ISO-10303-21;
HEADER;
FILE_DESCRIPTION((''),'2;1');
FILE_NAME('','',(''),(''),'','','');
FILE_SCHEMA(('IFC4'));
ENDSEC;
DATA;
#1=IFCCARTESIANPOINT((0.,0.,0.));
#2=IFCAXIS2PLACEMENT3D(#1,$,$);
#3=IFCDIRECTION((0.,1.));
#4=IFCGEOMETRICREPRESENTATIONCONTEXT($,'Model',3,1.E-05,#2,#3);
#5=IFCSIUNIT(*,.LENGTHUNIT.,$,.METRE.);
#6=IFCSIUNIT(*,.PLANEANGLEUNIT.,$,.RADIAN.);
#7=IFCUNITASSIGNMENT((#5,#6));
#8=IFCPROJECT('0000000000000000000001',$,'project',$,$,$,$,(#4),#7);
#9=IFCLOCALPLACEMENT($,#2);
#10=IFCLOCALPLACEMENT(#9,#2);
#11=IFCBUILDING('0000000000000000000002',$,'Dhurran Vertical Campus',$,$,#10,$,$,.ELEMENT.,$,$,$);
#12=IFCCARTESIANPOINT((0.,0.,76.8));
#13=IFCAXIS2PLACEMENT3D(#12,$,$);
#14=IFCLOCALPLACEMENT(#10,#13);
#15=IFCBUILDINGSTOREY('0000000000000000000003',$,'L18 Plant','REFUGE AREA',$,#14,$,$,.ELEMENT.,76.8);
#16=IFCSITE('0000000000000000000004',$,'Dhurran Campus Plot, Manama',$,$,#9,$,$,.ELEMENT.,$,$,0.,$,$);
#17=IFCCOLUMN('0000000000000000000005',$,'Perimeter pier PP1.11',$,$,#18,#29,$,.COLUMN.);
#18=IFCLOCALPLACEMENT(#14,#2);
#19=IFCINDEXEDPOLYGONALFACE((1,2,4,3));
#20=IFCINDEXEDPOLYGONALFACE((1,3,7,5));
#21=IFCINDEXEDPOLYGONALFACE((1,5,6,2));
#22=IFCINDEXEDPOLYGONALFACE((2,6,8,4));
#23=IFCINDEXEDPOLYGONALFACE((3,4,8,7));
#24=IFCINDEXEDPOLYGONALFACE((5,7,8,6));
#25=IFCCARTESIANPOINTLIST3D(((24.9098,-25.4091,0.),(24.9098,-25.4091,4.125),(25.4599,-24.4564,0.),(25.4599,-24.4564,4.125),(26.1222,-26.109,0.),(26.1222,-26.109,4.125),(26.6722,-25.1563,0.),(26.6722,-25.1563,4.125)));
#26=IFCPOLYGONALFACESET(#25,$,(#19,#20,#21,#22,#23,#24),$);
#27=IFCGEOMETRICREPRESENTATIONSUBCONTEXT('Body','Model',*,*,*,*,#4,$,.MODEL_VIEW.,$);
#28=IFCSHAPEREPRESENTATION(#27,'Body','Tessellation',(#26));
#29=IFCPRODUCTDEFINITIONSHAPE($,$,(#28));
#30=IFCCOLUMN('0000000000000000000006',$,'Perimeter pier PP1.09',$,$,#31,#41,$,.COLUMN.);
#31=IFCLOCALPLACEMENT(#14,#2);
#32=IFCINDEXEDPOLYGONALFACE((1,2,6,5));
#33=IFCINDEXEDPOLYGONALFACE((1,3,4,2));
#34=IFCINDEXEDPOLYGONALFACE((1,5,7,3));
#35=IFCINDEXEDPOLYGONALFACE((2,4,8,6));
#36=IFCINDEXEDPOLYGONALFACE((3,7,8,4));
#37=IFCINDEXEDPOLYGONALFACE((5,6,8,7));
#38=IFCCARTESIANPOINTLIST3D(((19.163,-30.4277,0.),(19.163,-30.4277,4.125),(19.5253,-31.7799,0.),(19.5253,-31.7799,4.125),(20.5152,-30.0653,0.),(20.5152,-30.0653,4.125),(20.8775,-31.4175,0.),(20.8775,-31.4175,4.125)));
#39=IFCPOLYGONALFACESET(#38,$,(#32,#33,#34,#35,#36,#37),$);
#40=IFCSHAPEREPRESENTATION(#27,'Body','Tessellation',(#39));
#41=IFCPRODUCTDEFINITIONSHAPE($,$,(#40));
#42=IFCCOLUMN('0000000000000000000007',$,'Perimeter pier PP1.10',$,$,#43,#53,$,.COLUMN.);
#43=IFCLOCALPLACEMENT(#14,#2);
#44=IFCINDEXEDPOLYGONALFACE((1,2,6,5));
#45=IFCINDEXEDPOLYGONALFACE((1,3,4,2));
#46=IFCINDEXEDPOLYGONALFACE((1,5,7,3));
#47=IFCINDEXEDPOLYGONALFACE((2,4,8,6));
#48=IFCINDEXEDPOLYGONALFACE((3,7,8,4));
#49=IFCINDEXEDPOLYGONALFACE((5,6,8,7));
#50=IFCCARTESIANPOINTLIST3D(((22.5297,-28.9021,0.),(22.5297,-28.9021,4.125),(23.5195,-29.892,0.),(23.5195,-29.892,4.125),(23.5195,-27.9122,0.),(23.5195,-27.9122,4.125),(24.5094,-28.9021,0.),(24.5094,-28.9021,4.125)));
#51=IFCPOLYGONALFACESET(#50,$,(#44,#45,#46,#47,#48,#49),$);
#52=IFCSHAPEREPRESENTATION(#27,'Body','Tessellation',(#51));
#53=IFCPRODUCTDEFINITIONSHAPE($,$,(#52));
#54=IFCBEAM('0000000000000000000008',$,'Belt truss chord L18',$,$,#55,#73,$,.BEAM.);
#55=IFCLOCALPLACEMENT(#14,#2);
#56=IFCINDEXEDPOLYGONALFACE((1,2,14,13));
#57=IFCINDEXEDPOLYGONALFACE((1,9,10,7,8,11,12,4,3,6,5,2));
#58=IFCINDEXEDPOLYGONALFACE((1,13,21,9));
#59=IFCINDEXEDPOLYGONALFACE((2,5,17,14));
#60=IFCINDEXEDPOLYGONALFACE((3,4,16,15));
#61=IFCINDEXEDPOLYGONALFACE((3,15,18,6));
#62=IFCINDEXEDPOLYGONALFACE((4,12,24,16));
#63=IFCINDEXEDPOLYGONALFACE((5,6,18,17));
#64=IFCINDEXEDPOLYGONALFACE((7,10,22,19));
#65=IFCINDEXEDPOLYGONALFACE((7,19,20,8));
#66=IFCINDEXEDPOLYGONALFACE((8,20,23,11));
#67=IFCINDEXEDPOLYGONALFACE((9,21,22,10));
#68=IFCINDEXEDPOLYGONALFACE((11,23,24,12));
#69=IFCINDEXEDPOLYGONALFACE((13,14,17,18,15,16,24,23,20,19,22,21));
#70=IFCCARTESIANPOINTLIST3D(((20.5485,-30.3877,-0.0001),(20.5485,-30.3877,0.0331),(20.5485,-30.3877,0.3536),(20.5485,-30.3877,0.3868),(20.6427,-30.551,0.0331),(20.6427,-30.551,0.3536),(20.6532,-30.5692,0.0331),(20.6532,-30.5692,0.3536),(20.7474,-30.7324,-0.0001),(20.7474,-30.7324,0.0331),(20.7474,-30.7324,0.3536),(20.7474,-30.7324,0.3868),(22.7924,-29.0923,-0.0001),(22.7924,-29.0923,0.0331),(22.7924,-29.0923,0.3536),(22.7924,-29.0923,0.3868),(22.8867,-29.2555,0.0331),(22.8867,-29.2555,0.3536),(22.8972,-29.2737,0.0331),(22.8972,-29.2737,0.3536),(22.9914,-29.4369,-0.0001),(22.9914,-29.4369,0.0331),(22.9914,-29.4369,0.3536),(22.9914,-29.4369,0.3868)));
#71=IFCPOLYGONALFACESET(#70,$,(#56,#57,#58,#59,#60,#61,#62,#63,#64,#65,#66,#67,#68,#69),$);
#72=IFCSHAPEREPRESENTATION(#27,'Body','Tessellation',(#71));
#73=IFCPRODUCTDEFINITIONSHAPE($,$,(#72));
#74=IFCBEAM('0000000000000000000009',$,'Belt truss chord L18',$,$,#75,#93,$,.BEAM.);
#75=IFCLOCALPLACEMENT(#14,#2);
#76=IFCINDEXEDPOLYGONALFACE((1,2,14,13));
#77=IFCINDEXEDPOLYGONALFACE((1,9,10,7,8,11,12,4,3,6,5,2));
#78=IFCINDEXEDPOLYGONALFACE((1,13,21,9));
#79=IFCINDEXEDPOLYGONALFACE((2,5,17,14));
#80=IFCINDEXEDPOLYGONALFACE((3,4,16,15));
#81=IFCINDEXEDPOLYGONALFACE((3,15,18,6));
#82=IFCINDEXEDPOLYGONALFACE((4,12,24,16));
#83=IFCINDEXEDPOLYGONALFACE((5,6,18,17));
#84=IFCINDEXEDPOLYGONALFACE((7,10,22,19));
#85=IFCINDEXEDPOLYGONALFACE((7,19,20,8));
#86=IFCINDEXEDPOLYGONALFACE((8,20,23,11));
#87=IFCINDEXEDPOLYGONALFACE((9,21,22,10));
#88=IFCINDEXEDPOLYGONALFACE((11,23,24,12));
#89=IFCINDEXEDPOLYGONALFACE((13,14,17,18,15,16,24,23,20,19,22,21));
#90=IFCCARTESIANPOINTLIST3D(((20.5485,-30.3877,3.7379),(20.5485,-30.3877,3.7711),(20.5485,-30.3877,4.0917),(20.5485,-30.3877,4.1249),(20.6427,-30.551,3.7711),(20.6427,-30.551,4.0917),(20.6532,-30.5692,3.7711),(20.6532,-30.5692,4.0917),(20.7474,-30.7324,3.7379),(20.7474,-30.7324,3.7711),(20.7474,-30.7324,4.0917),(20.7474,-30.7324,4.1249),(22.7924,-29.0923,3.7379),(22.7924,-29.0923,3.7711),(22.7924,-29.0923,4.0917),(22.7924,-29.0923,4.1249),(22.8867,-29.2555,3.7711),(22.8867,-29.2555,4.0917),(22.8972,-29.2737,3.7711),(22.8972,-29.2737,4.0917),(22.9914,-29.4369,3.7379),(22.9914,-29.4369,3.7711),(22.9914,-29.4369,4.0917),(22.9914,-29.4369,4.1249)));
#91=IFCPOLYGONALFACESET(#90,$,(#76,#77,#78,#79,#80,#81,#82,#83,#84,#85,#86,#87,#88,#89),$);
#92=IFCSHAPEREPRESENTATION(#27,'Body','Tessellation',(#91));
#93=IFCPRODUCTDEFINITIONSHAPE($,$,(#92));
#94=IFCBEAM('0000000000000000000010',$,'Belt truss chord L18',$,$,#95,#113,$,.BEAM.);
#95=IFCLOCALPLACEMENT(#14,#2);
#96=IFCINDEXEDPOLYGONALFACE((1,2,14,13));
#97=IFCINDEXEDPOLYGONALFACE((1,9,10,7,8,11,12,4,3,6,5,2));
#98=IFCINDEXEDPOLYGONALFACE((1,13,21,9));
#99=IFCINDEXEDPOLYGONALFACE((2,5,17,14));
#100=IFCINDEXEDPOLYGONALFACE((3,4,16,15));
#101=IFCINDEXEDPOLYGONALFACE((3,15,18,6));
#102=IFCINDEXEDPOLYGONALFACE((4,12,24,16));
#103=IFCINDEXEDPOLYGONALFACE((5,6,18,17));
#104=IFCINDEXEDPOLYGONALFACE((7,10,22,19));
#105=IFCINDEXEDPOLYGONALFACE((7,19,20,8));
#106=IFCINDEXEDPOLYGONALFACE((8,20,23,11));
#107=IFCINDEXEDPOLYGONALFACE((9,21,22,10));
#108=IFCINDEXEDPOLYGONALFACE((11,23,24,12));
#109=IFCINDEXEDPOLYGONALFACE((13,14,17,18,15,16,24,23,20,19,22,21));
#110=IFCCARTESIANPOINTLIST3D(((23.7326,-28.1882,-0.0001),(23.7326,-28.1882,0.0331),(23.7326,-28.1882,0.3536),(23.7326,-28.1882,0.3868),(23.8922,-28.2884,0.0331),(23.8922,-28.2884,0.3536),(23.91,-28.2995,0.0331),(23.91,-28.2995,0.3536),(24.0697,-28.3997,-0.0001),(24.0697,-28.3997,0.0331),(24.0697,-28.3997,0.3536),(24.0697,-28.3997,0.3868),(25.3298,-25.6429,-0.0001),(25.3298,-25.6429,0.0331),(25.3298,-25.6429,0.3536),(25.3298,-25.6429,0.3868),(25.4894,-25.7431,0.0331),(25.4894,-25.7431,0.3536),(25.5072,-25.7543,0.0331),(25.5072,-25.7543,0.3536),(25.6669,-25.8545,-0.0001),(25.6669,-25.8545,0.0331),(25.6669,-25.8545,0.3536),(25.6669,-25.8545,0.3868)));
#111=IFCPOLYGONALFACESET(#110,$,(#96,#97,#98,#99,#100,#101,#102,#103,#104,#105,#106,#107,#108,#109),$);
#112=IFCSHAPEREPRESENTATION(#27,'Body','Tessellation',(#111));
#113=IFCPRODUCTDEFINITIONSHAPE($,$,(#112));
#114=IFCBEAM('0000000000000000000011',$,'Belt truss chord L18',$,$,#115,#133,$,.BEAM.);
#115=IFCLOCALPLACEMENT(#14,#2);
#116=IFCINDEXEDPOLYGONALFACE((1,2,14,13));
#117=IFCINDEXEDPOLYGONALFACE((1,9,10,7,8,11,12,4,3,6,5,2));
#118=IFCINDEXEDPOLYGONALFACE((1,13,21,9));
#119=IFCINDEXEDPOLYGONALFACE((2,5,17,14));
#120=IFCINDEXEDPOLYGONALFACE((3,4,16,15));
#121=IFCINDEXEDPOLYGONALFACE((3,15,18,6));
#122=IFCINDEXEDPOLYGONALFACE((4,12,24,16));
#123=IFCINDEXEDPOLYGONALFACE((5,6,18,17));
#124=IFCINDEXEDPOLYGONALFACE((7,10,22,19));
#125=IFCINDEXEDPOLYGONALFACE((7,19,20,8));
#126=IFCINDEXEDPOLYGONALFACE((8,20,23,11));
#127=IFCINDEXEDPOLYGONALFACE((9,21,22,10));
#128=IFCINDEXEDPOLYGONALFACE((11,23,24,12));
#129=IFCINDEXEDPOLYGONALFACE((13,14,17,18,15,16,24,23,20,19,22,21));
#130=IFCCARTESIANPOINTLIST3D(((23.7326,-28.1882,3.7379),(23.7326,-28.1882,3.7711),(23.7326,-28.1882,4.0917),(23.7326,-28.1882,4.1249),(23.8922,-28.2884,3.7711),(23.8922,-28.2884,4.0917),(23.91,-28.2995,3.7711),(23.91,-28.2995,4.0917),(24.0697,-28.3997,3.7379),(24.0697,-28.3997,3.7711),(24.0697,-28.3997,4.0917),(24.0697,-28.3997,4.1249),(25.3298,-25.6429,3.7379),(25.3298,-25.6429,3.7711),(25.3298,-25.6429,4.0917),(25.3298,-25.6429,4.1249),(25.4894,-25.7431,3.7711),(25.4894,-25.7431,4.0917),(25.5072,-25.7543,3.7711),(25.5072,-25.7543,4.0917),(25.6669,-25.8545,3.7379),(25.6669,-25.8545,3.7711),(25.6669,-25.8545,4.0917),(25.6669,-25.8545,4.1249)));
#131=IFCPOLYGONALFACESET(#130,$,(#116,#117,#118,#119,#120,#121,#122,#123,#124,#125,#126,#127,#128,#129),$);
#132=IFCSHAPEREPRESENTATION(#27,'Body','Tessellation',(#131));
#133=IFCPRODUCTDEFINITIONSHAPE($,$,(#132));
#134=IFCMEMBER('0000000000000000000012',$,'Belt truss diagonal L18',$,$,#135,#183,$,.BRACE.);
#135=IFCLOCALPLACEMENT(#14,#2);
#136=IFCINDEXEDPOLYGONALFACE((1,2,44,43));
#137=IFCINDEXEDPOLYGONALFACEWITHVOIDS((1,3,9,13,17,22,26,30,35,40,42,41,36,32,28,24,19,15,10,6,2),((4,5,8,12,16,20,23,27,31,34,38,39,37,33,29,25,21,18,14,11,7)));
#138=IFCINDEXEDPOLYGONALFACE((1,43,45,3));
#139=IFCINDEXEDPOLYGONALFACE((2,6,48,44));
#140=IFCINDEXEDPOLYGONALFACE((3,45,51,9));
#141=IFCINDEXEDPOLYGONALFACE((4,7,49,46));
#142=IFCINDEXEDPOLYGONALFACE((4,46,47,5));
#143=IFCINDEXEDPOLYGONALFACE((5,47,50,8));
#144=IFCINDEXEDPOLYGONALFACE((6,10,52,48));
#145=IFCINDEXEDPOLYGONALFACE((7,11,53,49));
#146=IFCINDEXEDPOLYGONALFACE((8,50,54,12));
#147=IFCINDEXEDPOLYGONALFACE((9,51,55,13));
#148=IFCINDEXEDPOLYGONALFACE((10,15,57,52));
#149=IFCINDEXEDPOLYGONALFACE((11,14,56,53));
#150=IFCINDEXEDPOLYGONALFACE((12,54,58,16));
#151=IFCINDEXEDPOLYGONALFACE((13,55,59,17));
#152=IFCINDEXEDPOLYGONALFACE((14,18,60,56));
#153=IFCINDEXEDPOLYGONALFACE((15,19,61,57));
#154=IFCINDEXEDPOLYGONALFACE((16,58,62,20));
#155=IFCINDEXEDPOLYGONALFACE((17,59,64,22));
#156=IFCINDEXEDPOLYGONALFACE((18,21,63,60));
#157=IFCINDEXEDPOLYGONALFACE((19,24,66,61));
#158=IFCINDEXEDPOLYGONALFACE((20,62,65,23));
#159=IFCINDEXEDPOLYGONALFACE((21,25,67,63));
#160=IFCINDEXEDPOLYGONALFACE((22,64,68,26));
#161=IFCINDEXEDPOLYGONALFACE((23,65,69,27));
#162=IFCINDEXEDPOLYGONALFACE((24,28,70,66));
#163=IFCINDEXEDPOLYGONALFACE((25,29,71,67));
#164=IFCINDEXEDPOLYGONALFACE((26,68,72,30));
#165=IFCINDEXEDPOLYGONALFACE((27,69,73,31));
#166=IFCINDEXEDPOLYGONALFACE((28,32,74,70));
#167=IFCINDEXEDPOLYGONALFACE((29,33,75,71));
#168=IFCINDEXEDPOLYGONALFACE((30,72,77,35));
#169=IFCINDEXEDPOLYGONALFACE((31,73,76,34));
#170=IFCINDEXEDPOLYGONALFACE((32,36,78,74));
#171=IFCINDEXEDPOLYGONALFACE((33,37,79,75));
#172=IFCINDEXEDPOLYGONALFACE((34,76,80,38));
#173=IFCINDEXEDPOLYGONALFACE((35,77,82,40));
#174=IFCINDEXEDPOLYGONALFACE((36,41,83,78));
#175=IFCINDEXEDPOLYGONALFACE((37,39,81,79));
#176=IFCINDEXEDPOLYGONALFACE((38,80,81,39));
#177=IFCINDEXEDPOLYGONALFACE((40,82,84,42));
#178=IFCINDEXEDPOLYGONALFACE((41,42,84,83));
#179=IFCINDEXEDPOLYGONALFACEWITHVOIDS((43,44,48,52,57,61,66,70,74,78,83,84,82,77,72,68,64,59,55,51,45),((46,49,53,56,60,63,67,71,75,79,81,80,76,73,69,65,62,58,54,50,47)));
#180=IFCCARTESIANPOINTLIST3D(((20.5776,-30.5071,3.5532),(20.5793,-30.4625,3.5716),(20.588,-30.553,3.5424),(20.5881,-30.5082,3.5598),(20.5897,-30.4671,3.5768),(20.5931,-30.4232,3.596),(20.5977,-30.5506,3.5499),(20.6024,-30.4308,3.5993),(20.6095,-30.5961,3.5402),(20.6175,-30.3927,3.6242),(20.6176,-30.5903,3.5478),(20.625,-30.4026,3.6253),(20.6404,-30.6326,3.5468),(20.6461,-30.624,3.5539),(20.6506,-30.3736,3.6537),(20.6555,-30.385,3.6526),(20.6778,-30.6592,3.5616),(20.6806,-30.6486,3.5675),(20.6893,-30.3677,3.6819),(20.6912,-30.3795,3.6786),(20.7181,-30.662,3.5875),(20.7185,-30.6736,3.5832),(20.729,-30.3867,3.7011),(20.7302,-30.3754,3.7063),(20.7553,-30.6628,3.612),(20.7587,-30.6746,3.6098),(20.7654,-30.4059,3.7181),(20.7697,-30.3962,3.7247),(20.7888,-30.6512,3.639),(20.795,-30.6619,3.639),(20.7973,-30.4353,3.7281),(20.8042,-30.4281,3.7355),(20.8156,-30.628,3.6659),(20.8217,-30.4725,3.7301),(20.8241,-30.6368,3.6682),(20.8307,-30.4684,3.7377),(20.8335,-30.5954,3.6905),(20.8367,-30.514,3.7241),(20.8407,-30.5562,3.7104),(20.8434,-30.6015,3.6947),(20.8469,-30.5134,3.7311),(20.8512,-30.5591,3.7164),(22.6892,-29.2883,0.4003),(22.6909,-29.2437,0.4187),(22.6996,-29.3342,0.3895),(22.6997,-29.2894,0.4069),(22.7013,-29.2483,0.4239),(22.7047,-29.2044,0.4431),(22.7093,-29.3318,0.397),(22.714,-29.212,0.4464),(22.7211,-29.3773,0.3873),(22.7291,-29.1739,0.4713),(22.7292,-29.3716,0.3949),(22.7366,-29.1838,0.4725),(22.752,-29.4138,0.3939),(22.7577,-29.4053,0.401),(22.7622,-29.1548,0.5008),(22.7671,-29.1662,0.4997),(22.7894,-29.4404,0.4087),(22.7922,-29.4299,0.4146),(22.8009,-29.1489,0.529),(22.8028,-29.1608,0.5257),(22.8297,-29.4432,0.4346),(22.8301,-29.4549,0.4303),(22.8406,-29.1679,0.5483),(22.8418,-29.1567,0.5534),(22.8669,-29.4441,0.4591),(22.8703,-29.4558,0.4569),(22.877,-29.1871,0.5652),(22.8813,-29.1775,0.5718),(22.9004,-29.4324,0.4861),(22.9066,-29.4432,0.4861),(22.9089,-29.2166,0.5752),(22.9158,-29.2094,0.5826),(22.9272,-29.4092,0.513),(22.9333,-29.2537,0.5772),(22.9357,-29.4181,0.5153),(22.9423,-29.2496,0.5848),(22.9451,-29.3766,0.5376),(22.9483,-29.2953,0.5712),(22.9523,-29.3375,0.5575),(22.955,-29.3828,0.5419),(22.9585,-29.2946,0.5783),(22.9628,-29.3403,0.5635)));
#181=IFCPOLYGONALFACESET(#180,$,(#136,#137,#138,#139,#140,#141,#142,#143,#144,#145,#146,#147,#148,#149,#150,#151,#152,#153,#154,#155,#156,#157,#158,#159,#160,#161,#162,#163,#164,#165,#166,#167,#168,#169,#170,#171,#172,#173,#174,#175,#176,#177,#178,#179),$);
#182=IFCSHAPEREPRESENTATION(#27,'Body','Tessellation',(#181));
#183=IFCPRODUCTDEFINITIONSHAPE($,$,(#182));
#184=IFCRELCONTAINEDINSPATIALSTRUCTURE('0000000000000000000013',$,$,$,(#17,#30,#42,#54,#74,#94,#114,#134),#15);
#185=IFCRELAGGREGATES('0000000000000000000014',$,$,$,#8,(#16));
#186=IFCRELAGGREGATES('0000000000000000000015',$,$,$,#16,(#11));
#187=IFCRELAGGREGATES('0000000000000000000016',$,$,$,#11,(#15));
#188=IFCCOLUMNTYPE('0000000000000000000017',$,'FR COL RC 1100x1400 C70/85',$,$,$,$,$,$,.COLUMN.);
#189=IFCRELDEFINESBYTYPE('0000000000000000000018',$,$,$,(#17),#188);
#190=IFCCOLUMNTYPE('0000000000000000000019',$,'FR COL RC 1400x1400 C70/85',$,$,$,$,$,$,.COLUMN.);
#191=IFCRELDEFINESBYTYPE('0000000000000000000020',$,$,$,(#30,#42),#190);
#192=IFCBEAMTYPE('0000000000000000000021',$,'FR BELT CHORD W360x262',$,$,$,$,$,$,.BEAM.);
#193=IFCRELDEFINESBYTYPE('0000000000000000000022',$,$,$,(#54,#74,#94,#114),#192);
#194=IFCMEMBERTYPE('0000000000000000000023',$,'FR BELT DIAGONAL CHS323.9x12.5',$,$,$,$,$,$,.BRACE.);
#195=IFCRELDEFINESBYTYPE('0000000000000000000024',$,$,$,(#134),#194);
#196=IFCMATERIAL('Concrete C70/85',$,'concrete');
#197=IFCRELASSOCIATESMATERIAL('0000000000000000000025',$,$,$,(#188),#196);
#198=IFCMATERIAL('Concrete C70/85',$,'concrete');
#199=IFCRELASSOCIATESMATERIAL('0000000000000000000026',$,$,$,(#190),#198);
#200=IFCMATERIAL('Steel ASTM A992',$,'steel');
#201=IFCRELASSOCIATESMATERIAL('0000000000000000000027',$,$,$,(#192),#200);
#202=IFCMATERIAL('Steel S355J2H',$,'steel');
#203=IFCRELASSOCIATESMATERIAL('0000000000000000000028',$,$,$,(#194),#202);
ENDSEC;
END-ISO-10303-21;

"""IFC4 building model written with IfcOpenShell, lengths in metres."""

from ifc_helpers import new_model, si_unit, direction, frame, origin, origin_2d, place, context, subcontext, project, spatial, rectangle, hollow_circle, i_section, extrude, material, material_profile, profile_set, type_object, element, save


model = new_model("IFC4")

# Units and contexts
model_context = context("Model", 3, precision=1e-05, world=origin(), true_north=direction((0.0, 1.0)))
body_context = subcontext(model_context, "Body", "Model", "MODEL_VIEW")
ifc_project = project(units=[si_unit("LENGTHUNIT", "METRE"), si_unit("PLANEANGLEUNIT", "RADIAN")], contexts=[model_context])

# Site, building, storey
site_placement = place(None, origin())
site = spatial("IfcSite", under=ifc_project, at=site_placement, Name="Dhurran Campus Plot, Manama", CompositionType="ELEMENT", RefElevation=0.0)
building_placement = place(site_placement, origin())
building = spatial("IfcBuilding", under=site, at=building_placement, Name="Dhurran Vertical Campus", CompositionType="ELEMENT")
storey_placement = place(building_placement, frame((0.0, 0.0, 76.8)))
storey = spatial("IfcBuildingStorey", under=building, at=storey_placement, Name="L18 Plant", Description="REFUGE AREA", CompositionType="ELEMENT", Elevation=76.8)

# Columns
ifc_material_1 = material(Name="Concrete C70/85", Category="concrete")
ifc_material_profile_1 = material_profile(ifc_material_1, rectangle(XDim=1.1001, YDim=1.3999, at=origin_2d()), Name="RC 1100x1400")
ifc_profile_set_1 = profile_set([ifc_material_profile_1], Name="Concrete C70/85")
column_type_1 = type_object("IfcColumnType", Name="FR COL RC 1100x1400 C70/85", PredefinedType="COLUMN", material=ifc_profile_set_1)
column_placement = place(storey_placement, frame((25.791, -25.2827, 0.0), z_axis=(0.0, 0.0, 1.0), x_axis=(0.5, 0.866025, 0.0)))
element("IfcColumn", 1, at=column_placement, inside=storey, type_object=column_type_1, Name="Perimeter pier PP1.11", PredefinedType="COLUMN", context=body_context, shape_type="SweptSolid", body=[
    extrude(rectangle(XDim=1.1001, YDim=1.3999, at=origin_2d()), origin(), (0.0, 0.0, 1.0), 4.125),
])
ifc_material_2 = material(Name="Concrete C70/85", Category="concrete")
ifc_material_profile_2 = material_profile(ifc_material_2, rectangle(XDim=1.3999, YDim=1.3999, at=origin_2d()), Name="RC 1400x1400")
ifc_profile_set_2 = profile_set([ifc_material_profile_2], Name="Concrete C70/85")
column_type_2 = type_object("IfcColumnType", Name="FR COL RC 1400x1400 C70/85", PredefinedType="COLUMN", material=ifc_profile_set_2)
for number, where, z_axis, x_axis, name in (
    (2, (20.0203, -30.9226, 0.0), (0.0, 0.0, 1.0), (0.965926, 0.258819, 0.0), "Perimeter pier PP1.09"),
    (3, (23.5195, -28.9021, 0.0), (0.0, 0.0, 1.0), (0.707107, 0.707107, 0.0), "Perimeter pier PP1.10"),
):
    element("IfcColumn", number, at=place(storey_placement, frame(where, z_axis=z_axis, x_axis=x_axis)), inside=storey, type_object=column_type_2, Name=name, PredefinedType="COLUMN", context=body_context, shape_type="SweptSolid", body=[
        extrude(rectangle(XDim=1.3999, YDim=1.3999, at=origin_2d()), origin(), (0.0, 0.0, 1.0), 4.125),
    ])

# Beams
ifc_material_3 = material(Name="Steel ASTM A992", Category="steel")
ifc_material_profile_3 = material_profile(ifc_material_3, i_section(OverallWidth=0.3979, OverallDepth=0.387, WebThickness=0.021, FlangeThickness=0.0332, at=origin_2d()), Name="W360x262")
ifc_profile_set_3 = profile_set([ifc_material_profile_3], Name="Steel ASTM A992")
beam_type = type_object("IfcBeamType", Name="FR BELT CHORD W360x262", PredefinedType="BEAM", material=ifc_profile_set_3)
for number, where, z_axis, x_axis, name in (
    (4, (20.6479, -30.5601, 0.1934), (0.866043, 0.49997, 0.0), (-0.49997, 0.866043, 0.0), "Belt truss chord L18"),
    (5, (20.6479, -30.5601, 3.9314), (0.866043, 0.49997, 0.0), (-0.49997, 0.866043, 0.0), "Belt truss chord L18"),
):
    element("IfcBeam", number, at=place(storey_placement, frame(where, z_axis=z_axis, x_axis=x_axis)), inside=storey, type_object=beam_type, Name=name, PredefinedType="BEAM", context=body_context, shape_type="SweptSolid", body=[
        extrude(i_section(OverallWidth=0.3979, OverallDepth=0.387, WebThickness=0.021, FlangeThickness=0.0332, at=origin_2d()), origin(), (0.0, 0.0, 1.0), 2.5911),
    ])
for number, where, z_axis, x_axis, name in (
    (6, (23.9011, -28.2939, 0.1934), (0.531539, 0.847034, 0.0), (-0.847034, 0.531539, 0.0), "Belt truss chord L18"),
    (7, (23.9011, -28.2939, 3.9314), (0.531539, 0.847034, 0.0), (-0.847034, 0.531539, 0.0), "Belt truss chord L18"),
):
    element("IfcBeam", number, at=place(storey_placement, frame(where, z_axis=z_axis, x_axis=x_axis)), inside=storey, type_object=beam_type, Name=name, PredefinedType="BEAM", context=body_context, shape_type="SweptSolid", body=[
        extrude(i_section(OverallWidth=0.3979, OverallDepth=0.387, WebThickness=0.021, FlangeThickness=0.0332, at=origin_2d()), origin(), (0.0, 0.0, 1.0), 3.0049),
    ])

# Member
ifc_material_4 = material(Name="Steel S355J2H", Category="steel")
ifc_material_profile_4 = material_profile(ifc_material_4, hollow_circle(Radius=0.1619, WallThickness=0.0125, at=origin_2d()), Name="CHS323.9x12.5")
ifc_profile_set_4 = profile_set([ifc_material_profile_4], Name="Steel S355J2H")
member_type = type_object("IfcMemberType", Name="FR BELT DIAGONAL CHS323.9x12.5", PredefinedType="BRACE", material=ifc_profile_set_4)
member_1_placement = place(storey_placement, frame((22.8257, -29.303, 0.4861), z_axis=(-0.52981, -0.305794, 0.79107), x_axis=(0.499887, -0.866091, 0.0)))
element("IfcMember", 8, at=member_1_placement, inside=storey, type_object=member_type, Name="Belt truss diagonal L18", PredefinedType="BRACE", context=body_context, shape_type="SweptSolid", body=[
    extrude(hollow_circle(Radius=0.1619, WallThickness=0.0125, at=origin_2d()), origin(), (0.0, 0.0, 1.0), 3.9856),
])

save(model, "model.ifc")
